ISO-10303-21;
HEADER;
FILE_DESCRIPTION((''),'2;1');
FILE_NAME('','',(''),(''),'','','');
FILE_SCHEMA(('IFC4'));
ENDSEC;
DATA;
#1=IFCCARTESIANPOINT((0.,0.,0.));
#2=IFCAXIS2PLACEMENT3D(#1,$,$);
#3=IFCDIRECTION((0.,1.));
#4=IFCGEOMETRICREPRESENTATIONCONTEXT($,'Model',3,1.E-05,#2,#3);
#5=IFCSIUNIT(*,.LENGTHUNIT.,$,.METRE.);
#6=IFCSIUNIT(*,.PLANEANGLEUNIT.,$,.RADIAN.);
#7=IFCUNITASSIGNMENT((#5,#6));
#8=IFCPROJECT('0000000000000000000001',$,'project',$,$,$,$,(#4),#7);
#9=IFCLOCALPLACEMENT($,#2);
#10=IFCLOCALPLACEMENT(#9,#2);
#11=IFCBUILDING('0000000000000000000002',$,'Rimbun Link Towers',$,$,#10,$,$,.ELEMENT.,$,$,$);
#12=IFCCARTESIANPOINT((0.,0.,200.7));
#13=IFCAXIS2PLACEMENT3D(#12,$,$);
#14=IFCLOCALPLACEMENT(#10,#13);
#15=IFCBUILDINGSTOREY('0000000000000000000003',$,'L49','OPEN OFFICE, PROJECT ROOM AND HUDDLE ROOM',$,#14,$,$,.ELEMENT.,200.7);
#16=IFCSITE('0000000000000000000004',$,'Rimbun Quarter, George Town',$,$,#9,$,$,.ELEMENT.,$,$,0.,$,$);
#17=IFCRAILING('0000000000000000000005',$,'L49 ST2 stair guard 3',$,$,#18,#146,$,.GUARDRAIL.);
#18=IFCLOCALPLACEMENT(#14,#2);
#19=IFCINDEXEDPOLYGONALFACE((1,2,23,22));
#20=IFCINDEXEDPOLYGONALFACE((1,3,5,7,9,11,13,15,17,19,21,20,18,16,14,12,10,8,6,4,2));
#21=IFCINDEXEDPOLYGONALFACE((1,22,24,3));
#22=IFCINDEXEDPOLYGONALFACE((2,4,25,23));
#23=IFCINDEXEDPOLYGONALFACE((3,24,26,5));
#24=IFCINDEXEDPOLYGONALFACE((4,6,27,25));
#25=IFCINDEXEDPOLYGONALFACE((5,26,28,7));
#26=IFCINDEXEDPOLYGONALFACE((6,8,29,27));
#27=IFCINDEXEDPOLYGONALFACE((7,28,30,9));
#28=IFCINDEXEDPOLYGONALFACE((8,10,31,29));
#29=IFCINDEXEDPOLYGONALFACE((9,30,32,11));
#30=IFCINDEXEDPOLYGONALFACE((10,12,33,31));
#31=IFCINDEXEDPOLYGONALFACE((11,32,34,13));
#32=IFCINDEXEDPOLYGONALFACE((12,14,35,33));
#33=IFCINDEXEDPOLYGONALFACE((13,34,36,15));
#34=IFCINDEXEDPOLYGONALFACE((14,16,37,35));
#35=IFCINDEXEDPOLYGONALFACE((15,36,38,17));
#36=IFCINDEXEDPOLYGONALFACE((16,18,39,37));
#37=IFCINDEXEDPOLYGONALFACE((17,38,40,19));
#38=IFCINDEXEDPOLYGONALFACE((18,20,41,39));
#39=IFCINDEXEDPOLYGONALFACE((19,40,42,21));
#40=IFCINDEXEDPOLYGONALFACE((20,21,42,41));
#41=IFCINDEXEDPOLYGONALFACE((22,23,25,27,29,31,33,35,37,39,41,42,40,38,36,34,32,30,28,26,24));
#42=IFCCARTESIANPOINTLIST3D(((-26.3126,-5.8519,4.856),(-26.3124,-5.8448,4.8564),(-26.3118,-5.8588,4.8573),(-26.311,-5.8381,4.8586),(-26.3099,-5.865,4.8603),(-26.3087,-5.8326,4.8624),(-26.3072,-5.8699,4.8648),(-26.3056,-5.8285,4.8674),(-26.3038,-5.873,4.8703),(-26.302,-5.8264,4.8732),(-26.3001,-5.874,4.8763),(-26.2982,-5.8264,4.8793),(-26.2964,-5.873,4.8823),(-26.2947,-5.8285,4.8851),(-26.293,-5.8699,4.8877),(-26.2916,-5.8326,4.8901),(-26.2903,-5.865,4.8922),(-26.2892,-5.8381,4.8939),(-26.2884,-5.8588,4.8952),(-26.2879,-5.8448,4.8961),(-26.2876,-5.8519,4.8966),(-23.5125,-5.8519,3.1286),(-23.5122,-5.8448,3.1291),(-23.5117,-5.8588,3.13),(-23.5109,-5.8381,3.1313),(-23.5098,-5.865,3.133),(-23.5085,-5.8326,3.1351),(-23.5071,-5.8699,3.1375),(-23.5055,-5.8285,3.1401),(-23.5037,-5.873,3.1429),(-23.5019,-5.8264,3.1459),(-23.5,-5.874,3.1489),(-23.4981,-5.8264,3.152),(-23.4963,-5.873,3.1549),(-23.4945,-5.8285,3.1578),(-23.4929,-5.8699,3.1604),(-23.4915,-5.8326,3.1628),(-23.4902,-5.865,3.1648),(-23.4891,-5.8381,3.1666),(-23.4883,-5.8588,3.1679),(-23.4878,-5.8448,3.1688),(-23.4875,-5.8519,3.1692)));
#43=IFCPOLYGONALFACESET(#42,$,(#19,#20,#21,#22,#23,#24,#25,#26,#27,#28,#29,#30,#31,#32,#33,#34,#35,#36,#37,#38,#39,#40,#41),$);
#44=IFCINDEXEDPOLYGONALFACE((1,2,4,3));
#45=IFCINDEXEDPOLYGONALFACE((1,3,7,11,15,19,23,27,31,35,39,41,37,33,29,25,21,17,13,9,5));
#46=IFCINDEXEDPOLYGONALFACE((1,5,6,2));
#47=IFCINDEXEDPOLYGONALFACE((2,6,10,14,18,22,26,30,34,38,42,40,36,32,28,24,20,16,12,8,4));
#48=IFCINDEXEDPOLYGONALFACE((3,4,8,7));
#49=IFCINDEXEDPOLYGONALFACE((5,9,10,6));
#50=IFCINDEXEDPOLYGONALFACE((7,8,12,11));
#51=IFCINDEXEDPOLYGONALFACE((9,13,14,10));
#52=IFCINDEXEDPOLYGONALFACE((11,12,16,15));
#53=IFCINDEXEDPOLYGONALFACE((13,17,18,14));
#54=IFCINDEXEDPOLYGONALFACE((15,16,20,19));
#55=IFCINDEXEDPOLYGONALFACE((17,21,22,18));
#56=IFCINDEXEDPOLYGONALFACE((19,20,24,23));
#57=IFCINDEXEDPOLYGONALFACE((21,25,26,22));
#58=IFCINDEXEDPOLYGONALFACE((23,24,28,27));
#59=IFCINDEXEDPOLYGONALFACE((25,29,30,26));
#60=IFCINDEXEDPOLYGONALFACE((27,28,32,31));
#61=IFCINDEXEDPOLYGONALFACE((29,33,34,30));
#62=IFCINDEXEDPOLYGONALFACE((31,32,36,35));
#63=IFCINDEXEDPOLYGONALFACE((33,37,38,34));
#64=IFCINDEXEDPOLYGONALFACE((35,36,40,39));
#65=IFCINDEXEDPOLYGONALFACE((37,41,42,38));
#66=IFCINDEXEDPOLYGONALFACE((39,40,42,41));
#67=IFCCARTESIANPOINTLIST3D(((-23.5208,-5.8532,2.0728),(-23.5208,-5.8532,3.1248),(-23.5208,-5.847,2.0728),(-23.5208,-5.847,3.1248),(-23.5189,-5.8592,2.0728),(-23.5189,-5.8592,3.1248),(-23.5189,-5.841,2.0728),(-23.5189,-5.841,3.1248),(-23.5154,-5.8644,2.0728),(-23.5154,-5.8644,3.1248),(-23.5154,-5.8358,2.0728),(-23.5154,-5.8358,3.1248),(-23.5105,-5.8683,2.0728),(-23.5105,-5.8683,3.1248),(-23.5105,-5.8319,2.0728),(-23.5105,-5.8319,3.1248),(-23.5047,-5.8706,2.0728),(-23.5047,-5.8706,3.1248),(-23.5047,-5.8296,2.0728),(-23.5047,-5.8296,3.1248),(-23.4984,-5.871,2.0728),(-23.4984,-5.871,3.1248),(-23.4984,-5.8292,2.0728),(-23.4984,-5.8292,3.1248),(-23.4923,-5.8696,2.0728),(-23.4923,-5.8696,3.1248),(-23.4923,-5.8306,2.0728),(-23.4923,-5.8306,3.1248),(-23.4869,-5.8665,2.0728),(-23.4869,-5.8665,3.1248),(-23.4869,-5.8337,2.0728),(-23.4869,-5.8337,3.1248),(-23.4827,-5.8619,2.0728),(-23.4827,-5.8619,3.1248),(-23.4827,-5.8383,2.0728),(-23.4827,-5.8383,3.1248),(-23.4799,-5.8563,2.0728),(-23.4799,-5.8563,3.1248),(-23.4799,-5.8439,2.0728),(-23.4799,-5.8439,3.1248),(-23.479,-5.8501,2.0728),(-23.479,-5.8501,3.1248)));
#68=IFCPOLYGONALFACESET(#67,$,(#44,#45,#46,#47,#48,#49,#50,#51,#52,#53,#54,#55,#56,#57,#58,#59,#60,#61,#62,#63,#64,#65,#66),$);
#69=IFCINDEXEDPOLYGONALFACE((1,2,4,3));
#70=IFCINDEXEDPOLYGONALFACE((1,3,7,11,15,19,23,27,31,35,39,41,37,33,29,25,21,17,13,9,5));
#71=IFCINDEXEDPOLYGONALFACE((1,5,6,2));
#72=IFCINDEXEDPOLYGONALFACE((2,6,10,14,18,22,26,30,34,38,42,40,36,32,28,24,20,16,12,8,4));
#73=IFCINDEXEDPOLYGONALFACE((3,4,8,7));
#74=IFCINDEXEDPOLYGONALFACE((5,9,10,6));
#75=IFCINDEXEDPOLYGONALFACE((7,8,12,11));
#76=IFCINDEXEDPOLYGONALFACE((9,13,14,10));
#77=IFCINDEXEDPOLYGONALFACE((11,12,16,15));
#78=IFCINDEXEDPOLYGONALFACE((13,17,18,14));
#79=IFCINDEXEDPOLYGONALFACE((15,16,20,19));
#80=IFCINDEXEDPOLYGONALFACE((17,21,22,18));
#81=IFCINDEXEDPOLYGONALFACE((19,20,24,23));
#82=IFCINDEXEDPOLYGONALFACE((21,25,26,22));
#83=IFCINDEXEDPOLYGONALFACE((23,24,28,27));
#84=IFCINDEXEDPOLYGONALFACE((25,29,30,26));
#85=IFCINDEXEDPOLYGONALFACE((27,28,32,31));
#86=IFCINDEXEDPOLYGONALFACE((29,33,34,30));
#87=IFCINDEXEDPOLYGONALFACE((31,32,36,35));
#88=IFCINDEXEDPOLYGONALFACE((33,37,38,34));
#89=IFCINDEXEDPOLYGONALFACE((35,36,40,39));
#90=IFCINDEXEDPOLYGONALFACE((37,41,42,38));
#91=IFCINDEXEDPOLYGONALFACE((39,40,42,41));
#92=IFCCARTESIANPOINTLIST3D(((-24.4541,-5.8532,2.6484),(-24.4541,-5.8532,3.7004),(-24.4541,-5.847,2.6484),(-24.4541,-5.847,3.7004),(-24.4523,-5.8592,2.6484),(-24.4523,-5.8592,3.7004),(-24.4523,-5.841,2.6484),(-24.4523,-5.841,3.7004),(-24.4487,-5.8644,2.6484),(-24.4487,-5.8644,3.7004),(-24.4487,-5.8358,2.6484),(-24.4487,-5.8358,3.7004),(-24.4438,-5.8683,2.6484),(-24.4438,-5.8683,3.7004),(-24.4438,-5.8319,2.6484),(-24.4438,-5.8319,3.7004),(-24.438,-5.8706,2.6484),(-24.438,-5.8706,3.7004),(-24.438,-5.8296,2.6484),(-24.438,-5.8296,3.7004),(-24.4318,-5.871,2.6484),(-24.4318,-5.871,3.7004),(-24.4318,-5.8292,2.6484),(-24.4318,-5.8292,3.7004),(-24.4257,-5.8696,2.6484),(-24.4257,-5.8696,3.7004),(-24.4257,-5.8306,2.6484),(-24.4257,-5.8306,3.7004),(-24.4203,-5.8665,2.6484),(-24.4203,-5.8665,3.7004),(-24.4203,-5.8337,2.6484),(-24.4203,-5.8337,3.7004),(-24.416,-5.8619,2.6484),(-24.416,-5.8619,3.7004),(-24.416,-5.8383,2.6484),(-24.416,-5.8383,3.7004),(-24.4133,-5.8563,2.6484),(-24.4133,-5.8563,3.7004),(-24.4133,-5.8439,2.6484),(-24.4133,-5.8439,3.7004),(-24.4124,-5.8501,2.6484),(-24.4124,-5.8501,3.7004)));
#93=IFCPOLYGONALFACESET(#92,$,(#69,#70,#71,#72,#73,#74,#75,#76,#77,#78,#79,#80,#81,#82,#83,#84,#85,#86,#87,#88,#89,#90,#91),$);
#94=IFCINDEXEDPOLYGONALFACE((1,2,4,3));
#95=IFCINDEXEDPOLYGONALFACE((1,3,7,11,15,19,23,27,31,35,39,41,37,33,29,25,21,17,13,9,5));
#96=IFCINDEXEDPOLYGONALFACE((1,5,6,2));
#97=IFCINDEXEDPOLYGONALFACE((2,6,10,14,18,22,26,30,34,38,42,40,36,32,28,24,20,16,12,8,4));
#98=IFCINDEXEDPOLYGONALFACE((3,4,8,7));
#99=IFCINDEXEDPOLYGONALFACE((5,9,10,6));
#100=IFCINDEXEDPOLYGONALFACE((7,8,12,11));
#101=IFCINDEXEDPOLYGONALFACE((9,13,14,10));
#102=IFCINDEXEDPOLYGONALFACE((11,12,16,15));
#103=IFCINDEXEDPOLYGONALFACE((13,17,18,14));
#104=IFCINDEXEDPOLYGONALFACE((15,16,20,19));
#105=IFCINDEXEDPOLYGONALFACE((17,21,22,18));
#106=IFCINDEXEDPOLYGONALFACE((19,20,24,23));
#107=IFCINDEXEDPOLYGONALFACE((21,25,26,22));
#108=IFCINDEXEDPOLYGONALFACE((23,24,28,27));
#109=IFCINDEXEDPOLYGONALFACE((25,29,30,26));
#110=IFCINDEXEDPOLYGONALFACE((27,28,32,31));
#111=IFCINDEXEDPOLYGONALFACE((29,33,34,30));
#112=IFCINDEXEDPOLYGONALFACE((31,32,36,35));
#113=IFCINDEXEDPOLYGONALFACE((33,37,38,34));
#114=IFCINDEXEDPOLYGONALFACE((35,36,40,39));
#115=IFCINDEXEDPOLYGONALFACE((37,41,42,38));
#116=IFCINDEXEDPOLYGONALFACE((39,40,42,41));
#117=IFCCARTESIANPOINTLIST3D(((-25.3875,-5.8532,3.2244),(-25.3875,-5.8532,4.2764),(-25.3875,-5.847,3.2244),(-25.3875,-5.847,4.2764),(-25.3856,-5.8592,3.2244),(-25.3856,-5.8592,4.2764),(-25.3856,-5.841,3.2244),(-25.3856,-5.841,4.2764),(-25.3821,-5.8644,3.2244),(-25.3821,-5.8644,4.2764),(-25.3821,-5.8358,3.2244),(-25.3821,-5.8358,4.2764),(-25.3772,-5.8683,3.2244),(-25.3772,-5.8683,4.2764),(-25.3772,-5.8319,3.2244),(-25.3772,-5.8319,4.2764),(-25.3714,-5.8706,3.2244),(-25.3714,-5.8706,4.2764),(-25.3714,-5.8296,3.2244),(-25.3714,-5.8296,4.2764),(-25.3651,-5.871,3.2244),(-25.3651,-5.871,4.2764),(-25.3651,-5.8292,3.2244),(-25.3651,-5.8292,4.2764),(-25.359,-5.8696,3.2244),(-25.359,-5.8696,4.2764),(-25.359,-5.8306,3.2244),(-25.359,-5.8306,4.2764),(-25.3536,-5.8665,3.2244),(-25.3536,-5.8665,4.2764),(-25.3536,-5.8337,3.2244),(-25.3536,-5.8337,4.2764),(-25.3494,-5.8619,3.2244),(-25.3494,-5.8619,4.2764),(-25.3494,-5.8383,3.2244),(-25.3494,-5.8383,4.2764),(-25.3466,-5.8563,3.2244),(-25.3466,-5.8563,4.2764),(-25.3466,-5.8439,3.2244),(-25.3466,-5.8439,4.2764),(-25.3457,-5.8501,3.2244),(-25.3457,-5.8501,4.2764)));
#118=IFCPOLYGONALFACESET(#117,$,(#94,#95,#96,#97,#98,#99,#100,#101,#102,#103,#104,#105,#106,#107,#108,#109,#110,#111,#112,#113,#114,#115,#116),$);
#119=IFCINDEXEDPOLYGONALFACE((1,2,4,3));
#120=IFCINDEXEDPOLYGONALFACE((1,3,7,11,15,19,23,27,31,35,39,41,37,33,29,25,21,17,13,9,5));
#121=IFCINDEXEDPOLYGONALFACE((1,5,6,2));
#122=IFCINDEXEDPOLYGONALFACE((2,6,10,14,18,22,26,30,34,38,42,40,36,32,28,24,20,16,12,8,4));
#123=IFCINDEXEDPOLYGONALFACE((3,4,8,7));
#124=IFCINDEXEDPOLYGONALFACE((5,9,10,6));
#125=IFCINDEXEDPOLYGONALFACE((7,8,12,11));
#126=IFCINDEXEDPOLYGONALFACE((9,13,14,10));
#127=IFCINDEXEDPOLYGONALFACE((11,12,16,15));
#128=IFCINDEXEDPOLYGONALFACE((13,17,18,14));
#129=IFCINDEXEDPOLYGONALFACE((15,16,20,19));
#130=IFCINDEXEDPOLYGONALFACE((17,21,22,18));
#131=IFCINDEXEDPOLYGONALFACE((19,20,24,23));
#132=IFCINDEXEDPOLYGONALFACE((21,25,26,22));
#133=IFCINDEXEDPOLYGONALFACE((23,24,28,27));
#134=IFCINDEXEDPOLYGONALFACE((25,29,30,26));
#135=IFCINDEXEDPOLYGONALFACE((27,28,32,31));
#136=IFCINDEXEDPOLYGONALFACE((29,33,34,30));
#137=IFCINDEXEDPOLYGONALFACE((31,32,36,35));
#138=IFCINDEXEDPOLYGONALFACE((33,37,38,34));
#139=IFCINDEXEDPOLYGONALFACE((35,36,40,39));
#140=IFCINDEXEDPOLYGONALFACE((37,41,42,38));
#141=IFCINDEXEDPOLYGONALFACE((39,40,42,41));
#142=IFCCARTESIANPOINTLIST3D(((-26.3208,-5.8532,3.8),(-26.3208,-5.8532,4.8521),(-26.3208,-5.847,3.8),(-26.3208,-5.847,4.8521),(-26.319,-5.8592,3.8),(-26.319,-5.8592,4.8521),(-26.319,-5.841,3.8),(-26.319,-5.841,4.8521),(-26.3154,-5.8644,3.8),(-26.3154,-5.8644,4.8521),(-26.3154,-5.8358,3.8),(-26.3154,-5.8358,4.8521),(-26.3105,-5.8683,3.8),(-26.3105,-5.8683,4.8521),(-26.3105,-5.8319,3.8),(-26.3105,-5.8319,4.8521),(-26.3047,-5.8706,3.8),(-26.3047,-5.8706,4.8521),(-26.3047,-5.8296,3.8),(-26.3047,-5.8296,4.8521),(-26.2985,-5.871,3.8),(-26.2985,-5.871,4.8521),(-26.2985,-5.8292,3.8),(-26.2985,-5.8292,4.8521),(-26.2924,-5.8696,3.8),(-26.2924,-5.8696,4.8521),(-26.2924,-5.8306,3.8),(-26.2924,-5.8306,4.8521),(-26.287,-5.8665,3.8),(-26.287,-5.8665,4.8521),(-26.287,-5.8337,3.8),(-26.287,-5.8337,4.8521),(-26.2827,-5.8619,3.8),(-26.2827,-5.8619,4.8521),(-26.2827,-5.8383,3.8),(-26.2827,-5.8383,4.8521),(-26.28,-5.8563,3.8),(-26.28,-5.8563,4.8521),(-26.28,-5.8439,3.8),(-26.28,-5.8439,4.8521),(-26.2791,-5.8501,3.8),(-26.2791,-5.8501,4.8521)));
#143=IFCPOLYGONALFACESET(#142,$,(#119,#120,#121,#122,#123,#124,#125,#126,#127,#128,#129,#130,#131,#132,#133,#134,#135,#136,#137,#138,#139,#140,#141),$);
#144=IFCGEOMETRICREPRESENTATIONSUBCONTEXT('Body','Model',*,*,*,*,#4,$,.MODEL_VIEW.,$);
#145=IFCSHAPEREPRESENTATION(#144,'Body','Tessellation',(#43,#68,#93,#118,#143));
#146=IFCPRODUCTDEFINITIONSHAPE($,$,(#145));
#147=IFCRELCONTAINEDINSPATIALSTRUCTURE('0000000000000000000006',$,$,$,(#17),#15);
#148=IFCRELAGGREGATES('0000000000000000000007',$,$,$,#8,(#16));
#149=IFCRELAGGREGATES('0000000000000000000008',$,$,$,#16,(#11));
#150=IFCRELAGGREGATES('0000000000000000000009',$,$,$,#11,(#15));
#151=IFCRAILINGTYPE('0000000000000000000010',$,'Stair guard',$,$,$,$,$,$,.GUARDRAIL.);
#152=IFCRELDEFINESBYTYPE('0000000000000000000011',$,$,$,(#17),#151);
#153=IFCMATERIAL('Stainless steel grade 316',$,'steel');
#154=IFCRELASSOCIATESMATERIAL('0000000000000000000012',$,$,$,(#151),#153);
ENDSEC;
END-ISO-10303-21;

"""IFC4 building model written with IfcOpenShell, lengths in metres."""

from ifc_helpers import new_model, si_unit, direction, frame, origin, origin_2d, place, context, subcontext, project, spatial, circle, extrude, material, type_object, element, save


model = new_model("IFC4")

# Units and contexts
model_context = context("Model", 3, precision=1e-05, world=origin(), true_north=direction((0.0, 1.0)))
body_context = subcontext(model_context, "Body", "Model", "MODEL_VIEW")
ifc_project = project(units=[si_unit("LENGTHUNIT", "METRE"), si_unit("PLANEANGLEUNIT", "RADIAN")], contexts=[model_context])

# Site, building, storey
site_placement = place(None, origin())
site = spatial("IfcSite", under=ifc_project, at=site_placement, Name="Rimbun Quarter, George Town", CompositionType="ELEMENT", RefElevation=0.0)
building_placement = place(site_placement, origin())
building = spatial("IfcBuilding", under=site, at=building_placement, Name="Rimbun Link Towers", CompositionType="ELEMENT")
storey_placement = place(building_placement, frame((0.0, 0.0, 200.7)))
storey = spatial("IfcBuildingStorey", under=building, at=storey_placement, Name="L49", Description="OPEN OFFICE, PROJECT ROOM AND HUDDLE ROOM", CompositionType="ELEMENT", Elevation=200.7)

# Railing
ifc_material_1 = material(Name="Stainless steel grade 316", Category="steel")
railing_type_1 = type_object("IfcRailingType", Name="Stair guard", PredefinedType="GUARDRAIL", material=ifc_material_1)
railing_1_placement = place(storey_placement, frame((-23.5, -5.8501, 2.0728)))
element("IfcRailing", 1, at=railing_1_placement, inside=storey, type_object=railing_type_1, Name="L49 ST2 stair guard 3", PredefinedType="GUARDRAIL", context=body_context, shape_type="SweptSolid", body=[
    extrude(circle(Radius=0.0239, at=origin_2d()), frame((0.0, 0.0, 1.0762), z_axis=(-0.85109, 0.0, 0.52502), x_axis=(0.0, -1.0, 0.0)), (0.0, 0.0, 1.0), 3.29),
    extrude(circle(Radius=0.021, at=origin_2d()), origin(), (0.0, 0.0, 1.0), 1.052),
    extrude(circle(Radius=0.021, at=origin_2d()), frame((-0.9333, 0.0, 0.5757)), (0.0, 0.0, 1.0), 1.052),
    extrude(circle(Radius=0.021, at=origin_2d()), frame((-1.8667, 0.0, 1.1516)), (0.0, 0.0, 1.0), 1.052),
    extrude(circle(Radius=0.021, at=origin_2d()), frame((-2.8, 0.0, 1.7273)), (0.0, 0.0, 1.0), 1.052),
])

save(model, "model.ifc")
